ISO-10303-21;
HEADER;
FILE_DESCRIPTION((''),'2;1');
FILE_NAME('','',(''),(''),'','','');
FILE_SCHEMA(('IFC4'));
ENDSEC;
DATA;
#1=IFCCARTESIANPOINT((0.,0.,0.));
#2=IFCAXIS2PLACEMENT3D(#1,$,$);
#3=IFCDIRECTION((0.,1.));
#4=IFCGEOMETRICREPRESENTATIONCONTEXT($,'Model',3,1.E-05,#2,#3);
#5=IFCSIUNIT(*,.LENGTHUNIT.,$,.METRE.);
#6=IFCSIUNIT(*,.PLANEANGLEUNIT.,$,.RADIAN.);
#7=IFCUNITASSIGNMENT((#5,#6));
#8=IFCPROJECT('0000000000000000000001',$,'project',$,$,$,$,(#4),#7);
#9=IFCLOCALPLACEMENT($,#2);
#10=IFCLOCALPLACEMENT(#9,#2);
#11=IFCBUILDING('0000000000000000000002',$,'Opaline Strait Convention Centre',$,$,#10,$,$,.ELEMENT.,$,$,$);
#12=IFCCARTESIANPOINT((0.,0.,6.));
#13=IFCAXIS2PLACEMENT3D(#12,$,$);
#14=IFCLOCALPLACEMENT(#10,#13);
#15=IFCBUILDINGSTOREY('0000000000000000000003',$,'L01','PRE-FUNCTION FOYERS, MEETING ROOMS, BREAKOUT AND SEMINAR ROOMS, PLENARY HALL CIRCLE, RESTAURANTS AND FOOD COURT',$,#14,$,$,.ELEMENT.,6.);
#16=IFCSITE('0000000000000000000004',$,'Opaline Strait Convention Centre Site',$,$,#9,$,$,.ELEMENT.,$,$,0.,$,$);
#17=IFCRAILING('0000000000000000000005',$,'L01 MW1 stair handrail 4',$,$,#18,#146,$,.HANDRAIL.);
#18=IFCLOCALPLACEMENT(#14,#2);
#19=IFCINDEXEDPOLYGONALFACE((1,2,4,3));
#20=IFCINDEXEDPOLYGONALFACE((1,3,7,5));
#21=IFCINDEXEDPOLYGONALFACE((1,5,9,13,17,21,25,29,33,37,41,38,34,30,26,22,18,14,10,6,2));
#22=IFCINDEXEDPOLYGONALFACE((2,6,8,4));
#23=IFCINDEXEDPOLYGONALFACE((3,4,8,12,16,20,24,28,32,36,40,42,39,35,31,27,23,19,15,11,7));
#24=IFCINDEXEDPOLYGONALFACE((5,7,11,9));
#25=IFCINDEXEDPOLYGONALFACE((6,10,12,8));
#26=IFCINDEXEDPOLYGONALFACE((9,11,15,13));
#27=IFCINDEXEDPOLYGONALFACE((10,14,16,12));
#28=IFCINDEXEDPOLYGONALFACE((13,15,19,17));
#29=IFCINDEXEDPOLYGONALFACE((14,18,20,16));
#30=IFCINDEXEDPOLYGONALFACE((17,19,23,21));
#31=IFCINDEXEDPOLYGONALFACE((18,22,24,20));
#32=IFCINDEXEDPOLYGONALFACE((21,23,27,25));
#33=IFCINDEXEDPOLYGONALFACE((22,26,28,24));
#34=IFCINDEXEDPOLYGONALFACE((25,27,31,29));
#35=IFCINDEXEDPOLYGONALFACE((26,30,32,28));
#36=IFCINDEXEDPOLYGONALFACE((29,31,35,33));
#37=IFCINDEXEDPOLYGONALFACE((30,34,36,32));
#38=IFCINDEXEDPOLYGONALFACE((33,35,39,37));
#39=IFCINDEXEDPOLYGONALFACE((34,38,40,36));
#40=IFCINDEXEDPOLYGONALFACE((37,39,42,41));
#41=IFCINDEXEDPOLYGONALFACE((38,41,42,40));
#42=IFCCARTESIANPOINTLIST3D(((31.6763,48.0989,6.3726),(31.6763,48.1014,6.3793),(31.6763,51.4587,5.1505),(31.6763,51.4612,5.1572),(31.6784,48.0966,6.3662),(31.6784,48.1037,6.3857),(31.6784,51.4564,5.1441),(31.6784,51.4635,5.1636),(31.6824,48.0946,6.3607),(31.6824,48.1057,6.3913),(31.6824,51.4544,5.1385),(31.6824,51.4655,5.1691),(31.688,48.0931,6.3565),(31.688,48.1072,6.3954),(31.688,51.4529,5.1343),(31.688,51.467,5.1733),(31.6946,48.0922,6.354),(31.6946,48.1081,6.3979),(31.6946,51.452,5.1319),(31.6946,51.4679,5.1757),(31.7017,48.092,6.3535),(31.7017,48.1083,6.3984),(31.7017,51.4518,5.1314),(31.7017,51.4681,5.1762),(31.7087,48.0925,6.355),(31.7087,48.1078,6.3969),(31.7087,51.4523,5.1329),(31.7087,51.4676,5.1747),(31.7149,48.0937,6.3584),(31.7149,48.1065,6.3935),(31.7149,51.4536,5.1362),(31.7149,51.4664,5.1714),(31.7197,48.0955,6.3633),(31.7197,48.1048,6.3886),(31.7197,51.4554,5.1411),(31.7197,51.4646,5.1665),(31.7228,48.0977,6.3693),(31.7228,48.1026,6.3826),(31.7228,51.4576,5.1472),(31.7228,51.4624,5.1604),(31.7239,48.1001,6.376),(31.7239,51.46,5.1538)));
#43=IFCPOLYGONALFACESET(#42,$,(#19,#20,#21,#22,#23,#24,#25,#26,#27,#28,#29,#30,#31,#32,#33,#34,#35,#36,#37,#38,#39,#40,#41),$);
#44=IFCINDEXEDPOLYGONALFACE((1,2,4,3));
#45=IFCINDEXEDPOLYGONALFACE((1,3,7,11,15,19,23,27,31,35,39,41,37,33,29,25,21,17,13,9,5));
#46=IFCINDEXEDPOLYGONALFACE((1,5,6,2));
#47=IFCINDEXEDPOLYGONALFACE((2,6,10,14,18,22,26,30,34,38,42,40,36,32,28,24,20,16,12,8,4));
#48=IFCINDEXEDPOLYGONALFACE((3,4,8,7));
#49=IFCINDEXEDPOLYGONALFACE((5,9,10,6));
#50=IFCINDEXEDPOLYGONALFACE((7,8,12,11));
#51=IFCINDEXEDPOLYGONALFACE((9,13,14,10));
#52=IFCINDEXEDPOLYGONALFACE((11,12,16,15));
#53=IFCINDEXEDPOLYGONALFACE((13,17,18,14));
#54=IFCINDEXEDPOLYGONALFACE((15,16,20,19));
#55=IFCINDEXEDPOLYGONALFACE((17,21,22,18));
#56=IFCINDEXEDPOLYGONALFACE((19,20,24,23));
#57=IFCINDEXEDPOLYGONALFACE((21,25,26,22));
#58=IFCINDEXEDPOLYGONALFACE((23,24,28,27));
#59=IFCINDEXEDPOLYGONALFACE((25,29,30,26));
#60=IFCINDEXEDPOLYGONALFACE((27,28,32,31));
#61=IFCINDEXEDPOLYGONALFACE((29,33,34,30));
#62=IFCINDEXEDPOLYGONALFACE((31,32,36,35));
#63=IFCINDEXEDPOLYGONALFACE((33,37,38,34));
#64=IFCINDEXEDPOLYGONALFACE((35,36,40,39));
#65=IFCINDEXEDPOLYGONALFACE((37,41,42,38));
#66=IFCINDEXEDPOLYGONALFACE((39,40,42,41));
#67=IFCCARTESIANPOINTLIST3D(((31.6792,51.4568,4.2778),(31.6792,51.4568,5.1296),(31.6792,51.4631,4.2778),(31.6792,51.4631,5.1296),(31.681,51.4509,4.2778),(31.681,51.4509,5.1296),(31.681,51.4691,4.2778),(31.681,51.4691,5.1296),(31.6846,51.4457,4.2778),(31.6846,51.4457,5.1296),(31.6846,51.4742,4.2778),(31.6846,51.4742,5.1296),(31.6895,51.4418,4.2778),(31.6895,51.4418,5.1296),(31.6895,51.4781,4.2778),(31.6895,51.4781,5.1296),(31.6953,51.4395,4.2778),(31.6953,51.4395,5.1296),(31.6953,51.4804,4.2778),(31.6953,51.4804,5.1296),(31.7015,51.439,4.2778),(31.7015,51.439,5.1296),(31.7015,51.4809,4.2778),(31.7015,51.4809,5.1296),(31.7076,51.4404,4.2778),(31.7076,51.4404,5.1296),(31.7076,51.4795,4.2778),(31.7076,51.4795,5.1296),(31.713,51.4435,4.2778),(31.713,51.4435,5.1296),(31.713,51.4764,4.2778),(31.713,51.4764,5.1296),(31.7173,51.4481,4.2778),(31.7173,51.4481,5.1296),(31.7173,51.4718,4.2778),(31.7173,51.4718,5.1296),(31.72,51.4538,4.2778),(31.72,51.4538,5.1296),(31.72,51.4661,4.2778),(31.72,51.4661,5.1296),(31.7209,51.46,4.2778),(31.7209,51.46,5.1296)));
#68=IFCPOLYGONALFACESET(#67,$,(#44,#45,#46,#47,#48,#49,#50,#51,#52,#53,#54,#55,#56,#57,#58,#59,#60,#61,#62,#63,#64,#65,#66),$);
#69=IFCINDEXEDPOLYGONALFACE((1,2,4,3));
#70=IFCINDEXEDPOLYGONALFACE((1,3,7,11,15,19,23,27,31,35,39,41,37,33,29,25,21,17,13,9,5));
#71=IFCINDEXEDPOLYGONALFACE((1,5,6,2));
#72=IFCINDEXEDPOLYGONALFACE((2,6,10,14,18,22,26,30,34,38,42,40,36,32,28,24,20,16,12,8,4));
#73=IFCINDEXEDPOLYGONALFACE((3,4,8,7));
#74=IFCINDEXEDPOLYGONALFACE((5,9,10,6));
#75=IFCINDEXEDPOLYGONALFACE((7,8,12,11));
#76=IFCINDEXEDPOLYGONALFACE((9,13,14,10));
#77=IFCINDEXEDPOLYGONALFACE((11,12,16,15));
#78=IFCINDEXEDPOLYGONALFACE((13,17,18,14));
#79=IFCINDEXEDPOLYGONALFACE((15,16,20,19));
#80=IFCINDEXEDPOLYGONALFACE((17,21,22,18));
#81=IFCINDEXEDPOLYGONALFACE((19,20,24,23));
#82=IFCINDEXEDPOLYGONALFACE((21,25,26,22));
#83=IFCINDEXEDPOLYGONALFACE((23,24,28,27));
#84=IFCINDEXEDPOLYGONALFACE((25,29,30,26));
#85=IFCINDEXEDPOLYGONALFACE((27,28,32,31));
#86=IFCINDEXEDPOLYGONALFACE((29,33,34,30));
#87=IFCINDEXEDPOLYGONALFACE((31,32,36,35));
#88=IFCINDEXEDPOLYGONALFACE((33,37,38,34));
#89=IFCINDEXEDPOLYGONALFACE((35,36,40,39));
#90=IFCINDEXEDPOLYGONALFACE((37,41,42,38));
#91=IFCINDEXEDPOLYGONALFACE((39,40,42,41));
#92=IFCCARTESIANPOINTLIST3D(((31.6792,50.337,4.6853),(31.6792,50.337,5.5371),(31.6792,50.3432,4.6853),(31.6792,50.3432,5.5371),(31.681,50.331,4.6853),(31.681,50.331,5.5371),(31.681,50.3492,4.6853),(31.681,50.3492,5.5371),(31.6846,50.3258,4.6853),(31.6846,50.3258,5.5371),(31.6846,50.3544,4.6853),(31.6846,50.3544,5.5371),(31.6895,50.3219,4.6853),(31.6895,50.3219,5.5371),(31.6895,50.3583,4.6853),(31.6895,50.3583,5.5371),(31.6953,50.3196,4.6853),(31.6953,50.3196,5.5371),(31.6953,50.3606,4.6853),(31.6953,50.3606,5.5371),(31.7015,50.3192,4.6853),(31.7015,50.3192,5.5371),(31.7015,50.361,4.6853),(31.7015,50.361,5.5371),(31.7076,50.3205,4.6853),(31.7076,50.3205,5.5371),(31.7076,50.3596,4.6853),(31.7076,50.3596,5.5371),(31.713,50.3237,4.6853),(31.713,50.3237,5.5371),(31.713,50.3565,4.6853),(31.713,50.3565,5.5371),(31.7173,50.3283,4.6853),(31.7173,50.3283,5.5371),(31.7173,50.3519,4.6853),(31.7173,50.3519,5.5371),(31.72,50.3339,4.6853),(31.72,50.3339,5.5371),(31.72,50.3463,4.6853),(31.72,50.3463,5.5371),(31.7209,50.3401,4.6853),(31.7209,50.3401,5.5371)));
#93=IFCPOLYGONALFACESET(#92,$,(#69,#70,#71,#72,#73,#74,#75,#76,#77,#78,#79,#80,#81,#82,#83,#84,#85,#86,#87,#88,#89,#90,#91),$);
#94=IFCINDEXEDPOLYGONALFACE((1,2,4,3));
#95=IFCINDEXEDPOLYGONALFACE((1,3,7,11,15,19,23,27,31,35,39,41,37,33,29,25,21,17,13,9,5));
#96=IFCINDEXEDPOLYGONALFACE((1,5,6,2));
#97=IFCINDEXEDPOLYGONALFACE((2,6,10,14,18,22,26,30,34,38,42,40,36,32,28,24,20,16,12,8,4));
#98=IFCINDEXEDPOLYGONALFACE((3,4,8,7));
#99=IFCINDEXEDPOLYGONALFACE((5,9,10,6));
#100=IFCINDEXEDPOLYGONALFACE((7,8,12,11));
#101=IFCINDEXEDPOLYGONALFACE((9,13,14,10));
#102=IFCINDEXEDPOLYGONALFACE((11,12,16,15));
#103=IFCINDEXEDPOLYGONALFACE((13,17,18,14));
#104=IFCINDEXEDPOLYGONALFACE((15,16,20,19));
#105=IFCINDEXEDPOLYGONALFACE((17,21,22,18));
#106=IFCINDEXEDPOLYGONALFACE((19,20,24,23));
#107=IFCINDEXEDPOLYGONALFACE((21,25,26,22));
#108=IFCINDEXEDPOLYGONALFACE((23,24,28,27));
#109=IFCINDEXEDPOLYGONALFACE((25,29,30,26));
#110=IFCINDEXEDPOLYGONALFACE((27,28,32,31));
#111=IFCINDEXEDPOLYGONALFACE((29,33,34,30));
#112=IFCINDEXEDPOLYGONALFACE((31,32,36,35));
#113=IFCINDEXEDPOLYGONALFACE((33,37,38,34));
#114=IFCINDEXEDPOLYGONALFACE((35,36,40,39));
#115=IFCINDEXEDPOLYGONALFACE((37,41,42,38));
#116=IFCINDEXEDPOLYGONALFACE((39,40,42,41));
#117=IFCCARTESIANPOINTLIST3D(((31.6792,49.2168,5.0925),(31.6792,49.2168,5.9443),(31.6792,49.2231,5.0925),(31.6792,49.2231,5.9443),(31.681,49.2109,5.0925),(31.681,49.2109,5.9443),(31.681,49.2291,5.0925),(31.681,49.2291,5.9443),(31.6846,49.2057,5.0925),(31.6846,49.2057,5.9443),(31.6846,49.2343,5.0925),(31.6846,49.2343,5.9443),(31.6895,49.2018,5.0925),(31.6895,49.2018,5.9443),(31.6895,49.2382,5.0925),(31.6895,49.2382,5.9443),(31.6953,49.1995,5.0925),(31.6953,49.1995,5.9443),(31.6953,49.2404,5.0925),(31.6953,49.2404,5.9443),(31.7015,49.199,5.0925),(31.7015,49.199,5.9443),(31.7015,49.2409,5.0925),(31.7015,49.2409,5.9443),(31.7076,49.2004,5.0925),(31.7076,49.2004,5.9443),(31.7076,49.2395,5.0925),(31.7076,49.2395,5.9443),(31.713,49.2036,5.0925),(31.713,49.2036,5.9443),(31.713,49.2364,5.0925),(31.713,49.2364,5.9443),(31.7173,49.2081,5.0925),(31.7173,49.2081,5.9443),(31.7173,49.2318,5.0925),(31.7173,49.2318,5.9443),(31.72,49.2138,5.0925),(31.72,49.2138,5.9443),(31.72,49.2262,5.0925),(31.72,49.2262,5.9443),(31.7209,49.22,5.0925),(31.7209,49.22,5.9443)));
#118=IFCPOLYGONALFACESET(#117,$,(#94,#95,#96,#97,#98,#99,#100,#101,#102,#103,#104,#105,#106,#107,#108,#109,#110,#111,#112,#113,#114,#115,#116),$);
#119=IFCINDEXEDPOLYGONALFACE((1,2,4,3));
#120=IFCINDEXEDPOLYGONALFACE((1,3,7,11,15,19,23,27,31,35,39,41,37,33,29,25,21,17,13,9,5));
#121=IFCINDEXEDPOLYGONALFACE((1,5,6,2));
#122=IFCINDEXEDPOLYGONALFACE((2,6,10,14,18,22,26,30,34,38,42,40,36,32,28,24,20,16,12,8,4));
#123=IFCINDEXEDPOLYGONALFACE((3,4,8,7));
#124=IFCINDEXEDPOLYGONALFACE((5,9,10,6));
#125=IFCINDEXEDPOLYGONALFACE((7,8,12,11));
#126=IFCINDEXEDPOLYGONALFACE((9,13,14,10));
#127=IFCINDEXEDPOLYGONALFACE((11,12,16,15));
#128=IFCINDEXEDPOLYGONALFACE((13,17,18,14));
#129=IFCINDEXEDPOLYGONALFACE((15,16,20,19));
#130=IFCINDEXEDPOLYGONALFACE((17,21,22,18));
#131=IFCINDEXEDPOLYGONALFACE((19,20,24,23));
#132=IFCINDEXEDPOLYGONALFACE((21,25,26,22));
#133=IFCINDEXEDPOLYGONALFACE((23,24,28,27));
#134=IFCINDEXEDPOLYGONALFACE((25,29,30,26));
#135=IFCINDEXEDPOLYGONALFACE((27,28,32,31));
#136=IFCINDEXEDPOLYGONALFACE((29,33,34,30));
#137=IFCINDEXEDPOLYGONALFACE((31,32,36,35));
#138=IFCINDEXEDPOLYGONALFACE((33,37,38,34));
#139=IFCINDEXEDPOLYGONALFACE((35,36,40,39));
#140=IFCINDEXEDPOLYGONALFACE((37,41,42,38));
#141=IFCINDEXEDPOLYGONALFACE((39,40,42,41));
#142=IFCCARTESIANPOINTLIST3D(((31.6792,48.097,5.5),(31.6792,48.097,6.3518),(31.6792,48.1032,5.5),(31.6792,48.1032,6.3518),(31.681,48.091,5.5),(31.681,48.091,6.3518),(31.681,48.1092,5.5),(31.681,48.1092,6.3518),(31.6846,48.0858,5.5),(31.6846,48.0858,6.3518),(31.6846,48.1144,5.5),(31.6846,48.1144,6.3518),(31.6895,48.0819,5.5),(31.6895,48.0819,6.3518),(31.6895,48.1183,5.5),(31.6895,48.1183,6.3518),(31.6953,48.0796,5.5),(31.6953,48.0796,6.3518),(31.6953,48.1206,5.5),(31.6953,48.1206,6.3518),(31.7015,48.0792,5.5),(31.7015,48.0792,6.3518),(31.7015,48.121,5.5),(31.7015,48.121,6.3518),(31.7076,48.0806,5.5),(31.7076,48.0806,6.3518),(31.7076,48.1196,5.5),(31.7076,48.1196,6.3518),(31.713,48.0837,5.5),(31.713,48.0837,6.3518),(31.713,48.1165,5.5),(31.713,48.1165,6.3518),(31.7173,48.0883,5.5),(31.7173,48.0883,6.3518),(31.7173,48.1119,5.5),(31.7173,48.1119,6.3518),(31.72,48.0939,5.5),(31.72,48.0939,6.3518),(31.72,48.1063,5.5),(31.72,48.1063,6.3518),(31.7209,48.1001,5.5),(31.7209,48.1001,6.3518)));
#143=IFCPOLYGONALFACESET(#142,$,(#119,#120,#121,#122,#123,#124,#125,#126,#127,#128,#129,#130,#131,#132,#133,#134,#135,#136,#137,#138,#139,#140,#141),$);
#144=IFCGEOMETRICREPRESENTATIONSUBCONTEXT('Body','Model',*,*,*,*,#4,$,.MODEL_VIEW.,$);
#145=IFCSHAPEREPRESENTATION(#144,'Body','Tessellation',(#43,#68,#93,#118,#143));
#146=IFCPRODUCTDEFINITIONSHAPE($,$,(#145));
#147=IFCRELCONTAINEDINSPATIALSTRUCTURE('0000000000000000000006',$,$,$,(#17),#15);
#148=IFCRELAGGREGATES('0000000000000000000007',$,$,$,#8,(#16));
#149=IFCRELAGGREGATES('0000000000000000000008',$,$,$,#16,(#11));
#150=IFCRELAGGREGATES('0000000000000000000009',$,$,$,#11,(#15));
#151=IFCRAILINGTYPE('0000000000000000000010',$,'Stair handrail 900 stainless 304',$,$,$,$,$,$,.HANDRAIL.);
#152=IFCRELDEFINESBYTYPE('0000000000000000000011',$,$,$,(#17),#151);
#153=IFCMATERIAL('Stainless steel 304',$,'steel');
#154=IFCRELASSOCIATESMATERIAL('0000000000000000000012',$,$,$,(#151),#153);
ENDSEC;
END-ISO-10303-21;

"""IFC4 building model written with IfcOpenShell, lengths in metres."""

from ifc_helpers import new_model, si_unit, direction, frame, origin, origin_2d, place, context, subcontext, project, spatial, circle, extrude, material, type_object, element, save


model = new_model("IFC4")

# Units and contexts
model_context = context("Model", 3, precision=1e-05, world=origin(), true_north=direction((0.0, 1.0)))
body_context = subcontext(model_context, "Body", "Model", "MODEL_VIEW")
ifc_project = project(units=[si_unit("LENGTHUNIT", "METRE"), si_unit("PLANEANGLEUNIT", "RADIAN")], contexts=[model_context])

# Site, building, storey
site_placement = place(None, origin())
site = spatial("IfcSite", under=ifc_project, at=site_placement, Name="Opaline Strait Convention Centre Site", CompositionType="ELEMENT", RefElevation=0.0)
building_placement = place(site_placement, origin())
building = spatial("IfcBuilding", under=site, at=building_placement, Name="Opaline Strait Convention Centre", CompositionType="ELEMENT")
storey_placement = place(building_placement, frame((0.0, 0.0, 6.0)))
storey = spatial("IfcBuildingStorey", under=building, at=storey_placement, Name="L01", Description="PRE-FUNCTION FOYERS, MEETING ROOMS, BREAKOUT AND SEMINAR ROOMS, PLENARY HALL CIRCLE, RESTAURANTS AND FOOD COURT", CompositionType="ELEMENT", Elevation=6.0)

# Railing
ifc_material_1 = material(Name="Stainless steel 304", Category="steel")
railing_type_1 = type_object("IfcRailingType", Name="Stair handrail 900 stainless 304", PredefinedType="HANDRAIL", material=ifc_material_1)
for number, where, name in (
    (1, (31.7, 51.46, 4.2778), "L01 MW1 stair handrail 4"),
):
    element("IfcRailing", number, at=place(storey_placement, frame(where)), inside=storey, type_object=railing_type_1, Name=name, PredefinedType="HANDRAIL", context=body_context, shape_type="SweptSolid", body=[
        extrude(circle(Radius=0.0239, at=origin_2d()), frame((0.0, 0.0, 0.876), z_axis=(0.0, -0.939758, 0.341842), x_axis=(1.0, 0.0, 0.0)), (0.0, 0.0, 1.0), 3.5752),
        extrude(circle(Radius=0.021, at=origin_2d()), origin(), (0.0, 0.0, 1.0), 0.8518),
        extrude(circle(Radius=0.021, at=origin_2d()), frame((0.0, -1.1199, 0.4075)), (0.0, 0.0, 1.0), 0.8518),
        extrude(circle(Radius=0.021, at=origin_2d()), frame((0.0, -2.24, 0.8147)), (0.0, 0.0, 1.0), 0.8518),
        extrude(circle(Radius=0.021, at=origin_2d()), frame((0.0, -3.3599, 1.2222)), (0.0, 0.0, 1.0), 0.8518),
    ])

save(model, "model.ifc")
